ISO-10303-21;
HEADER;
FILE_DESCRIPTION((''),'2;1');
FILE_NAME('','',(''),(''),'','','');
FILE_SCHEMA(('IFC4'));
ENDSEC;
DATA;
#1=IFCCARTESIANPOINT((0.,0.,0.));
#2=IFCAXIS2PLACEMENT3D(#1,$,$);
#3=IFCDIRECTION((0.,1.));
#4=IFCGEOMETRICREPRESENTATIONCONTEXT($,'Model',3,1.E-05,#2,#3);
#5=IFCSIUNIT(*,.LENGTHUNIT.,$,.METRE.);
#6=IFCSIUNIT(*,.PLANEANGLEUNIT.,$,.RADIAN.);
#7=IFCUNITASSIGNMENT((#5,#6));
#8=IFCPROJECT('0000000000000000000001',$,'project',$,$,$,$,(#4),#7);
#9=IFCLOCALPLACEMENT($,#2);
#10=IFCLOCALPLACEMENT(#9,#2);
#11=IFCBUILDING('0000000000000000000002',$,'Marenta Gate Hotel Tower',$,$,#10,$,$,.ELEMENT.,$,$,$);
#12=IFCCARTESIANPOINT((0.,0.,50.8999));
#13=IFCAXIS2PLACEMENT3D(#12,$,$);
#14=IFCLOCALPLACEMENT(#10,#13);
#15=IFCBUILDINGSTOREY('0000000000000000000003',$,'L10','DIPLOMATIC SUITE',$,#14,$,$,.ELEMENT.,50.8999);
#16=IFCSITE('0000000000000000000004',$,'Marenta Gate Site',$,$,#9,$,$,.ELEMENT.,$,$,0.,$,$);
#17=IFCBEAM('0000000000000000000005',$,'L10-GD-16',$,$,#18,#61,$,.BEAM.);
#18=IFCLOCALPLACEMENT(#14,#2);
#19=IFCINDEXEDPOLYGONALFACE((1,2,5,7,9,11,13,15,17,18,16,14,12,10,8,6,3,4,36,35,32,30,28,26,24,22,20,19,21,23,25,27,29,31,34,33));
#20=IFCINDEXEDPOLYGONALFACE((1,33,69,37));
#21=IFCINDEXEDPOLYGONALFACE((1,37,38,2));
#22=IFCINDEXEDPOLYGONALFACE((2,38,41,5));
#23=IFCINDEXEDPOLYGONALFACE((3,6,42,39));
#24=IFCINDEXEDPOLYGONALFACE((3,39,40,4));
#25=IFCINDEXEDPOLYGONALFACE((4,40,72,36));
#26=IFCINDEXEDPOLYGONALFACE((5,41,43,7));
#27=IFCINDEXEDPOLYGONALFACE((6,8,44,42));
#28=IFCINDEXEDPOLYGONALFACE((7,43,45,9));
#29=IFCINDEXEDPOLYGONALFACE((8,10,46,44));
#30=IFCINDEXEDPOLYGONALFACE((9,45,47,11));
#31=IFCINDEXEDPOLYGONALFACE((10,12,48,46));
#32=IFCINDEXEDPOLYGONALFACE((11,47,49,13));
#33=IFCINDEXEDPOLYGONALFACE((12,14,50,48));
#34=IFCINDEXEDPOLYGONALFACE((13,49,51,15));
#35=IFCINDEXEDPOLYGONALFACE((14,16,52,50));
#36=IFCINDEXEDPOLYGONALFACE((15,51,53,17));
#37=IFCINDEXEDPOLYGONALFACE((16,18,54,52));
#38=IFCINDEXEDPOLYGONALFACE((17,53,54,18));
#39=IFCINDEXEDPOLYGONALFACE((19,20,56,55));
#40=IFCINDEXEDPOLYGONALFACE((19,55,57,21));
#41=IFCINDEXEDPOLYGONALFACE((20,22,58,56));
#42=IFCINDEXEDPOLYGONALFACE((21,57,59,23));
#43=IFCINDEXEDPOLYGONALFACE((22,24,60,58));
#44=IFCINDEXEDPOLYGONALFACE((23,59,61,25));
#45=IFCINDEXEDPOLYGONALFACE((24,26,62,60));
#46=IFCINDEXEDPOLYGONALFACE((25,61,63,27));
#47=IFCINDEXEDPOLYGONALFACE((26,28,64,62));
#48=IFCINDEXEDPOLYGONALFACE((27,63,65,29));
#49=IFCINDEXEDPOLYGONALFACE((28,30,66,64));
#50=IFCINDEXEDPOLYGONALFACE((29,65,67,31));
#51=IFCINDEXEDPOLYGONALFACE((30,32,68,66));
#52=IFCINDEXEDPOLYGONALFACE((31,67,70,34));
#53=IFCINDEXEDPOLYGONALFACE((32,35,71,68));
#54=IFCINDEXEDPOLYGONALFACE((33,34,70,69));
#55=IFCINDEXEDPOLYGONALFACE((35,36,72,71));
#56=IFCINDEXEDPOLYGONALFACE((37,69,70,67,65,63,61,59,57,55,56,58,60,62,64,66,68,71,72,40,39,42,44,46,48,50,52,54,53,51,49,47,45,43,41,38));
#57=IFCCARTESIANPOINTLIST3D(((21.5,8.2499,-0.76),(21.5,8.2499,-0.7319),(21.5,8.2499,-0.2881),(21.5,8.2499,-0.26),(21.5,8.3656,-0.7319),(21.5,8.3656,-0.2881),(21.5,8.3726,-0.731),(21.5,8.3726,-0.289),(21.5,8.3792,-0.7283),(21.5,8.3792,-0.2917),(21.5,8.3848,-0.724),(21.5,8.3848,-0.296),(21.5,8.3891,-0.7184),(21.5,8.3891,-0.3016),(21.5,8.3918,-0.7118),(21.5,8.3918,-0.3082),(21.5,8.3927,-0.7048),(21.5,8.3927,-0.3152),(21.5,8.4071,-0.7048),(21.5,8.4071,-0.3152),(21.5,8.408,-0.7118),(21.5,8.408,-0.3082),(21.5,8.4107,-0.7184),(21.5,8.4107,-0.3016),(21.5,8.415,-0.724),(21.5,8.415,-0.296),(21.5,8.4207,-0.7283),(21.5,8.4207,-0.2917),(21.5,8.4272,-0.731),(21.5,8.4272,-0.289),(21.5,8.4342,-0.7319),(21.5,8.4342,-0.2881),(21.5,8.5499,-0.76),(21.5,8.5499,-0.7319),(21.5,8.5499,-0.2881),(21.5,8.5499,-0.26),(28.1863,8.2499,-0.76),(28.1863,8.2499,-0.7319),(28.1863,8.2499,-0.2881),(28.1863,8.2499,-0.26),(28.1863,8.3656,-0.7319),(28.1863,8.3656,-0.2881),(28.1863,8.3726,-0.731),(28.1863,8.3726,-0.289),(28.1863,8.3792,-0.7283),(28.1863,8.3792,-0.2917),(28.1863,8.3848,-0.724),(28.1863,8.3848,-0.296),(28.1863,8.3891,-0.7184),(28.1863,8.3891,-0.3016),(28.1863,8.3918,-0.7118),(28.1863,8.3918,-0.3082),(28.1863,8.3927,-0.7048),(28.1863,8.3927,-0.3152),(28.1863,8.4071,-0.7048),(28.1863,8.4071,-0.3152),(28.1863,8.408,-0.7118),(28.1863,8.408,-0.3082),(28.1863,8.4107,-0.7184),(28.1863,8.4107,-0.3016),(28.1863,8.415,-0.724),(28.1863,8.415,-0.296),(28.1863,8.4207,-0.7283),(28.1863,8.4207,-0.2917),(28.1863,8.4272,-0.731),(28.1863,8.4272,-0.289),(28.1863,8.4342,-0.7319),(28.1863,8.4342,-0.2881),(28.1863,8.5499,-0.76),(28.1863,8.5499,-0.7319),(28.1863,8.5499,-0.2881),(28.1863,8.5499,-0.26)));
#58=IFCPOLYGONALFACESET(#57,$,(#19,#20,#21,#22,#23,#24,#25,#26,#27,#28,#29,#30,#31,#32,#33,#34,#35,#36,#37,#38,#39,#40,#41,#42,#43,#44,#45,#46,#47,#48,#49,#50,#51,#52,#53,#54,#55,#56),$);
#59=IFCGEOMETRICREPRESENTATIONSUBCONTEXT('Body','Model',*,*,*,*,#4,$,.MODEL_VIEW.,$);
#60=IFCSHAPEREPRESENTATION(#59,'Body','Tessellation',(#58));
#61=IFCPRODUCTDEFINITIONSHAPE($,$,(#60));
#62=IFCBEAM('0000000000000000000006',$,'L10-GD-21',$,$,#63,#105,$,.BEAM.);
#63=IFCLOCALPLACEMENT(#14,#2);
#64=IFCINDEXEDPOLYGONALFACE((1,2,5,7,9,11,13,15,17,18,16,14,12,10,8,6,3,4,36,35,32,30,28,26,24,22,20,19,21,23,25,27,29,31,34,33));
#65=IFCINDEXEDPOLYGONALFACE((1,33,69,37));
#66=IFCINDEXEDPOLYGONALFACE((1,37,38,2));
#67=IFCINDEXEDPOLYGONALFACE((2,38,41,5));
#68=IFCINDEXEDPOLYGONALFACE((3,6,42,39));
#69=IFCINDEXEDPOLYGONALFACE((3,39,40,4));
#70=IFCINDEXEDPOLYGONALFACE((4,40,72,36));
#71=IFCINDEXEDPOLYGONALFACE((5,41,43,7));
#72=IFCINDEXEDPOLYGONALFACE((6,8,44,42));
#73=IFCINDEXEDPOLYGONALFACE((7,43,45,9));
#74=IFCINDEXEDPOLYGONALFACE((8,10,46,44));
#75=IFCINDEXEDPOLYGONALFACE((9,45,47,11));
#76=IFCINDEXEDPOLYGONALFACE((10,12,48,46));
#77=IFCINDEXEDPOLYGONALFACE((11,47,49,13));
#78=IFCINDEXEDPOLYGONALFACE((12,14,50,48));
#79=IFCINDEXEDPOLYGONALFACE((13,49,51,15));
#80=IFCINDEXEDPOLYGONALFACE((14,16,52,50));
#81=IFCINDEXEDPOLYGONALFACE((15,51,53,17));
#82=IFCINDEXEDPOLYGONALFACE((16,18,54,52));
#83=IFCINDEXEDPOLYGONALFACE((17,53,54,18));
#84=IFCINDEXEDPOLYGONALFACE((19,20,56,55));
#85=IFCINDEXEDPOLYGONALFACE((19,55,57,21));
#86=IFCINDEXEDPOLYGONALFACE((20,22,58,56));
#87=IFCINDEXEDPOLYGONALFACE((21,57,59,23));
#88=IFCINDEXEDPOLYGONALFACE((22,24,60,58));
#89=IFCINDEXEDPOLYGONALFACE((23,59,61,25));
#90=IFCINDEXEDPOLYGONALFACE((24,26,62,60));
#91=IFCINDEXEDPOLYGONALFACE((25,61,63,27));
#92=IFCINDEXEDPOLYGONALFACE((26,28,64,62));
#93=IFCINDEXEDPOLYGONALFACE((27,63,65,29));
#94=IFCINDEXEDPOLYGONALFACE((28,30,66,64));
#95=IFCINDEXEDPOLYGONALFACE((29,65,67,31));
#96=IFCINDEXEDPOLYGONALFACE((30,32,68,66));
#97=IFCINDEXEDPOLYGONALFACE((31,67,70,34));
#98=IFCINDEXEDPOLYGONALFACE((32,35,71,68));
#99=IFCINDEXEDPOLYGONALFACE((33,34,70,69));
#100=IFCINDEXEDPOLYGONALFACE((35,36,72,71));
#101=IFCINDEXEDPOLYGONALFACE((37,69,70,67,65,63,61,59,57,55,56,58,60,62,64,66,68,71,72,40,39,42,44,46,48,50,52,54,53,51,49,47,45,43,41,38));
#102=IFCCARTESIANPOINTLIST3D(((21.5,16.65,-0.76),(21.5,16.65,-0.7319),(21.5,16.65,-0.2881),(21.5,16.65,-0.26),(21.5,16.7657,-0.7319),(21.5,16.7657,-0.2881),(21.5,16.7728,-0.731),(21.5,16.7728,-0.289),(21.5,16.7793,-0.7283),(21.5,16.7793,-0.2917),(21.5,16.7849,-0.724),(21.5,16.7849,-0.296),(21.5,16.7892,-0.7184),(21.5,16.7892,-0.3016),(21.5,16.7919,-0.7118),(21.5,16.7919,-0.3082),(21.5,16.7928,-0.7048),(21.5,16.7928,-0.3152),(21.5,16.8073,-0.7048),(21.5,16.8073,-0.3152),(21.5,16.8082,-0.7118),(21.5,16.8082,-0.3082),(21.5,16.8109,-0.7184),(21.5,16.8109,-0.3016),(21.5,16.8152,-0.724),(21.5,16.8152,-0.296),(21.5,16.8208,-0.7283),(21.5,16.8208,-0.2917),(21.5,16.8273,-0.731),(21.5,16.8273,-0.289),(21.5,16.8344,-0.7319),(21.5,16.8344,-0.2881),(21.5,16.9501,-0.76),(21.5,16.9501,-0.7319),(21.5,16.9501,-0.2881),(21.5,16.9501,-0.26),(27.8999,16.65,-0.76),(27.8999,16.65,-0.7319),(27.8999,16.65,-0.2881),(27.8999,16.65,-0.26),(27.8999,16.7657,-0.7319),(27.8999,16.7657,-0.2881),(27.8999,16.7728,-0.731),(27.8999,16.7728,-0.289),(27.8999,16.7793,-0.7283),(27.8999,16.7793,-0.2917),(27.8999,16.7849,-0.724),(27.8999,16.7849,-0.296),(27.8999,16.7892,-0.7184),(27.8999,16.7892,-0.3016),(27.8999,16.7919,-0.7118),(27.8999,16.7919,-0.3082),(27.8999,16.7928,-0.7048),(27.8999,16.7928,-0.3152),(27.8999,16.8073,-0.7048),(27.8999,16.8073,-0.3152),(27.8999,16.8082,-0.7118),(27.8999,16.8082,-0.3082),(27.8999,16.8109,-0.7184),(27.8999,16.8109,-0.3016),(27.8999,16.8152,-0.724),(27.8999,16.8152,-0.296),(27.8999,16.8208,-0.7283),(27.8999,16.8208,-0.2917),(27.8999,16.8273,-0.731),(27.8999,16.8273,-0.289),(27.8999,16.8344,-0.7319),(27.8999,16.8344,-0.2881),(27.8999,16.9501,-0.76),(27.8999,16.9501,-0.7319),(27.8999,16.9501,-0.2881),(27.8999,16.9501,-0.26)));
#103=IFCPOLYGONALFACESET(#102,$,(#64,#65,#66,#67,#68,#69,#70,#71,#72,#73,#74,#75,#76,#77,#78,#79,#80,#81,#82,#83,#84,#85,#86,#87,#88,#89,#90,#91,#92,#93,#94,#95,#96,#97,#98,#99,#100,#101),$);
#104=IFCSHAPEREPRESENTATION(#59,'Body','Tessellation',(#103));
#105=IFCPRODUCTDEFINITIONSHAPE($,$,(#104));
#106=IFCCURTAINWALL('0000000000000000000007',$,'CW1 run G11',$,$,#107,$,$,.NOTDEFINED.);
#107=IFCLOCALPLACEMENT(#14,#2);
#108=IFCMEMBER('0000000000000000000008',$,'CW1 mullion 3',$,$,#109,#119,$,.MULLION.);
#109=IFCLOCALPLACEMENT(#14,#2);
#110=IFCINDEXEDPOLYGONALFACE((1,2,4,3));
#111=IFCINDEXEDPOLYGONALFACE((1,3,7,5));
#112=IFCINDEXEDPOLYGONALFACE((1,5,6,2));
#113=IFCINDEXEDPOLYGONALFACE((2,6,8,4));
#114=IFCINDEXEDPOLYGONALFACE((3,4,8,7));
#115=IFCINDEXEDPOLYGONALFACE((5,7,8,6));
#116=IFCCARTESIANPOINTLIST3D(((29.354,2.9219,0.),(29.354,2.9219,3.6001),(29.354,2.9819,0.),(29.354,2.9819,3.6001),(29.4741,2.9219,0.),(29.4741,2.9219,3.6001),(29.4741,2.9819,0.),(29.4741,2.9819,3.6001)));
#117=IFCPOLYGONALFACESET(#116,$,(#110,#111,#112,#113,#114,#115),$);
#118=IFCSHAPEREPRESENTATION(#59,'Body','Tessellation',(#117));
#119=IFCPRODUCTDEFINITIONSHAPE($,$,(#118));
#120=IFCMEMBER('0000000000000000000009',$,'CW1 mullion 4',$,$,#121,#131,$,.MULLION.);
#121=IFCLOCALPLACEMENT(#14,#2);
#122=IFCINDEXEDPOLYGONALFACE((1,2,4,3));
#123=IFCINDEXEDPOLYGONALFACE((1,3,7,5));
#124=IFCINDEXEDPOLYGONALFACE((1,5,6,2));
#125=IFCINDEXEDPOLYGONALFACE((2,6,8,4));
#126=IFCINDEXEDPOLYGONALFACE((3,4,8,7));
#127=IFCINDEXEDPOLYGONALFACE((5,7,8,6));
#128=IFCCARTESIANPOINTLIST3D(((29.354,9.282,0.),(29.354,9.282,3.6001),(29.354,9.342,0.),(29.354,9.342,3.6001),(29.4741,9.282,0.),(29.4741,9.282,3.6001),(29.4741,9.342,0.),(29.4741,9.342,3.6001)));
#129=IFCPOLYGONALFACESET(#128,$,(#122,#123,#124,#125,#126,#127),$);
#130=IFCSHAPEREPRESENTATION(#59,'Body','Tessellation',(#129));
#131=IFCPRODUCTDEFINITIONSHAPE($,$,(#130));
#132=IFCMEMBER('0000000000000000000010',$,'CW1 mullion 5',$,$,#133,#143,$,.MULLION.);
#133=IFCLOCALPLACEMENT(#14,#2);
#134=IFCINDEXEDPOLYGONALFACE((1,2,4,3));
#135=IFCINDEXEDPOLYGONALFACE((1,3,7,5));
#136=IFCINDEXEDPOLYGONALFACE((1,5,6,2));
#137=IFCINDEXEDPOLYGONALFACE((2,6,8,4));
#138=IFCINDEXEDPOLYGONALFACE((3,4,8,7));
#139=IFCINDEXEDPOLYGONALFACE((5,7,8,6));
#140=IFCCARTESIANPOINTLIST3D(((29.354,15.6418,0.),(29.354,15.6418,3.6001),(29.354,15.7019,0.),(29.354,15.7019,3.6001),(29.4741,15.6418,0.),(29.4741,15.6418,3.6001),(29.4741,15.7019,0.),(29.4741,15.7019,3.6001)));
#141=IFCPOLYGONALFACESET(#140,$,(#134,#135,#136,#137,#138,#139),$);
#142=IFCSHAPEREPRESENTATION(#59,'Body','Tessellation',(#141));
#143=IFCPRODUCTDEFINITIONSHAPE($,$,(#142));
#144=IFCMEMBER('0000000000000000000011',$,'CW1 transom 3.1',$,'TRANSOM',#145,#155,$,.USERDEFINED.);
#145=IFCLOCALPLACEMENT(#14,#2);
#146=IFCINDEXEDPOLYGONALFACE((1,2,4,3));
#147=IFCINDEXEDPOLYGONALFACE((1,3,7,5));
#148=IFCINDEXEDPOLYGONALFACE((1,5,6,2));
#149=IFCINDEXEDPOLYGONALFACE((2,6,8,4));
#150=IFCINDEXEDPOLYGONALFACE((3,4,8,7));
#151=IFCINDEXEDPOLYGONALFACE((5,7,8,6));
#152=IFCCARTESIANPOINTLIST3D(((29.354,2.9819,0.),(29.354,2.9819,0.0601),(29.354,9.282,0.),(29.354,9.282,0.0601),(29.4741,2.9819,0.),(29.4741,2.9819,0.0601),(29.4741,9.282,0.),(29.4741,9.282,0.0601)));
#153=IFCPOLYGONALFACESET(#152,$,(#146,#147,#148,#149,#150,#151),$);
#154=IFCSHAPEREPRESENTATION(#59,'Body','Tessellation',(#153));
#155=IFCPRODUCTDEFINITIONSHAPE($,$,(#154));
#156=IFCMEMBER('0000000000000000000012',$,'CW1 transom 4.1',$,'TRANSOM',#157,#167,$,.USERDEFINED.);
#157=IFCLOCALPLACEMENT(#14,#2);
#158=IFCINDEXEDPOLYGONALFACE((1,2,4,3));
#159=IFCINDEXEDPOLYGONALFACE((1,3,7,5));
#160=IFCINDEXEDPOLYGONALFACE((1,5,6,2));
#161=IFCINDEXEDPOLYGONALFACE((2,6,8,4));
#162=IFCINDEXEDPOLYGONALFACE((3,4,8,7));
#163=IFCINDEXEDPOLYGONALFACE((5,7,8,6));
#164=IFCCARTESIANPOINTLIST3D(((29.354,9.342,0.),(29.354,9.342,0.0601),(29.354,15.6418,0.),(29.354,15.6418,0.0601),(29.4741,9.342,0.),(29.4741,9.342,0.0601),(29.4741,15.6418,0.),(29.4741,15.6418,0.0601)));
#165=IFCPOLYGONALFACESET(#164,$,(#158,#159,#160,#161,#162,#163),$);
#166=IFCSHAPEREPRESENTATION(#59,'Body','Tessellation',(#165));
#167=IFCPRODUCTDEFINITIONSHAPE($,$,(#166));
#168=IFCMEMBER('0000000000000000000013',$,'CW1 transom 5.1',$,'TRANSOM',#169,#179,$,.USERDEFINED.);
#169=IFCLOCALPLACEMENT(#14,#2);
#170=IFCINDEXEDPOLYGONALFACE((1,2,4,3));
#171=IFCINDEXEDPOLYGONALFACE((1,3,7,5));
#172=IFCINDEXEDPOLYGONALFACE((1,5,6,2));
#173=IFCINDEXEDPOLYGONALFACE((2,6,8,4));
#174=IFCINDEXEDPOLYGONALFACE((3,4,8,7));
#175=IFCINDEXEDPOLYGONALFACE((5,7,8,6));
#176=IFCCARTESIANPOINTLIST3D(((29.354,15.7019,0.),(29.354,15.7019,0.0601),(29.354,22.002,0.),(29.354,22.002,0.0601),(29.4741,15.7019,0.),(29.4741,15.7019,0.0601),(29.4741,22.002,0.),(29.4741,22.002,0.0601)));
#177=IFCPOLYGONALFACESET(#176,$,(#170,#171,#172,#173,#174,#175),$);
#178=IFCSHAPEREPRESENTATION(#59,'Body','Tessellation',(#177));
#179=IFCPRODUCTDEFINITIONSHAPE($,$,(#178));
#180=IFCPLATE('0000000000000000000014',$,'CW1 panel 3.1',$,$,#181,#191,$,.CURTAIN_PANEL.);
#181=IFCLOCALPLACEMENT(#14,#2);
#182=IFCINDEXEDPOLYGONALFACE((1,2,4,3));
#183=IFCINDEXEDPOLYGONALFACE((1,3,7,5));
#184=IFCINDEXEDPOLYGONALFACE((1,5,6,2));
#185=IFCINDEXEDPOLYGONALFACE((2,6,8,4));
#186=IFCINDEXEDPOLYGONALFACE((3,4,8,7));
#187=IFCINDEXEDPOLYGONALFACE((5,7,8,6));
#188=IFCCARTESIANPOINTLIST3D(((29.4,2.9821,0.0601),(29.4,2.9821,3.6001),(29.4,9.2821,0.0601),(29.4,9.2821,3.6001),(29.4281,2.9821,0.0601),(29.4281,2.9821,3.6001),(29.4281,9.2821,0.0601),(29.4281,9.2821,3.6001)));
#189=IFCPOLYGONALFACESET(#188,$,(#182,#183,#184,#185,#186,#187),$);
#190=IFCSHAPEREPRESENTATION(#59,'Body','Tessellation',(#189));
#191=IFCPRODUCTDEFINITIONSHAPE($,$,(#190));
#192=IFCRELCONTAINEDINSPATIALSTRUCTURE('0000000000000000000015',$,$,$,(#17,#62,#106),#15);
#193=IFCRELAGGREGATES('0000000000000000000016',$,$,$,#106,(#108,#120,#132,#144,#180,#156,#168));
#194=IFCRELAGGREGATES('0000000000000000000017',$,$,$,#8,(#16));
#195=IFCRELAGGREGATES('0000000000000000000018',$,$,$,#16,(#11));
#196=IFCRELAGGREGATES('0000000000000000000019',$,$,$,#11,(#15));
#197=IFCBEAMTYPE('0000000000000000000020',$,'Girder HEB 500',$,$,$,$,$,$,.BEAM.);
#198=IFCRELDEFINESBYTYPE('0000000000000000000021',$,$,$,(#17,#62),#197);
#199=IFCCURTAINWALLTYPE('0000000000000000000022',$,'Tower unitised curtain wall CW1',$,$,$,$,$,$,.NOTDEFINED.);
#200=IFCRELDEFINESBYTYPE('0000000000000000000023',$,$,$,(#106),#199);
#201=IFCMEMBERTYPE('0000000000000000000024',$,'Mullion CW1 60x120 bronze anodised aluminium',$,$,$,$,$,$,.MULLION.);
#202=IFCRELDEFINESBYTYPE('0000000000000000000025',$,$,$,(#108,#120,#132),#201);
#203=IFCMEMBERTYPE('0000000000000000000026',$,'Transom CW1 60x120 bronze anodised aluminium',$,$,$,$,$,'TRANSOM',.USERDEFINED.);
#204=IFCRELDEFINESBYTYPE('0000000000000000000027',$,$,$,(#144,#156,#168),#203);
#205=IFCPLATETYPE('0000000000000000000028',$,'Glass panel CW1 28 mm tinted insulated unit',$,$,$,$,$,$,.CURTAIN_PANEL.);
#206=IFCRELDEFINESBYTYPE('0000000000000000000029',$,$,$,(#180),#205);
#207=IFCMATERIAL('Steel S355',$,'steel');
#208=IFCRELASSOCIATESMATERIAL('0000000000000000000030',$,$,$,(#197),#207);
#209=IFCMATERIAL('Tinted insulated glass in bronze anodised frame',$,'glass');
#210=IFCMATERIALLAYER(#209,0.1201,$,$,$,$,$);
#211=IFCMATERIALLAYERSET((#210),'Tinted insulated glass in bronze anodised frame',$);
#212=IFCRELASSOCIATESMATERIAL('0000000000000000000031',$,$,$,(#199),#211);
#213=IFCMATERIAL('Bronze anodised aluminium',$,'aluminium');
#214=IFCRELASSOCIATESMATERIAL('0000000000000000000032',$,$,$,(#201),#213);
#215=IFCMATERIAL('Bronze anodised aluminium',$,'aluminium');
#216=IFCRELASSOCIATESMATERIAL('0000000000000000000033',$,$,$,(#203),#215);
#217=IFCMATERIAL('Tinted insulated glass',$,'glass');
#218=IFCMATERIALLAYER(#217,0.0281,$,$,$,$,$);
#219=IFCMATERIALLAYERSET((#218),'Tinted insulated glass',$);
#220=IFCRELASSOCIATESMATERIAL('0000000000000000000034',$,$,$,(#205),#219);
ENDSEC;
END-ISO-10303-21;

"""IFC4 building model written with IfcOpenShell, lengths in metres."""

from ifc_helpers import new_model, si_unit, direction, frame, origin, origin_2d, place, context, subcontext, project, spatial, rectangle, i_section, extrude, material, layer, layer_set, material_profile, profile_set, type_object, element, aggregate, save


model = new_model("IFC4")

# Units and contexts
model_context = context("Model", 3, precision=1e-05, world=origin(), true_north=direction((0.0, 1.0)))
body_context = subcontext(model_context, "Body", "Model", "MODEL_VIEW")
ifc_project = project(units=[si_unit("LENGTHUNIT", "METRE"), si_unit("PLANEANGLEUNIT", "RADIAN")], contexts=[model_context])

# Site, building, storey
site_placement = place(None, origin())
site = spatial("IfcSite", under=ifc_project, at=site_placement, Name="Marenta Gate Site", CompositionType="ELEMENT", RefElevation=0.0)
building_placement = place(site_placement, origin())
building = spatial("IfcBuilding", under=site, at=building_placement, Name="Marenta Gate Hotel Tower", CompositionType="ELEMENT")
storey_placement = place(building_placement, frame((0.0, 0.0, 50.8999)))
storey = spatial("IfcBuildingStorey", under=building, at=storey_placement, Name="L10", Description="DIPLOMATIC SUITE", CompositionType="ELEMENT", Elevation=50.8999)

# Beams
ifc_material_1 = material(Name="Steel S355", Category="steel")
ifc_material_profile_1 = material_profile(ifc_material_1, i_section(OverallWidth=0.3, OverallDepth=0.5, WebThickness=0.0144, FlangeThickness=0.0281, FilletRadius=0.0271, at=origin_2d()), Name="HEB 500")
ifc_profile_set_1 = profile_set([ifc_material_profile_1], Name="Steel S355")
beam_type_1 = type_object("IfcBeamType", Name="Girder HEB 500", PredefinedType="BEAM", material=ifc_profile_set_1)
beam_1_placement = place(storey_placement, frame((21.5, 8.3999, -0.51), z_axis=(1.0, 0.0, 0.0), x_axis=(0.0, 1.0, 0.0)))
element("IfcBeam", 1, at=beam_1_placement, inside=storey, type_object=beam_type_1, Name="L10-GD-16", PredefinedType="BEAM", context=body_context, shape_type="SweptSolid", body=[
    extrude(i_section(OverallWidth=0.3, OverallDepth=0.5, WebThickness=0.0144, FlangeThickness=0.0281, FilletRadius=0.0271, at=origin_2d()), origin(), (0.0, 0.0, 1.0), 6.6863),
])
beam_2_placement = place(storey_placement, frame((21.5, 16.8, -0.51), z_axis=(1.0, 0.0, 0.0), x_axis=(0.0, 1.0, 0.0)))
element("IfcBeam", 2, at=beam_2_placement, inside=storey, type_object=beam_type_1, Name="L10-GD-21", PredefinedType="BEAM", context=body_context, shape_type="SweptSolid", body=[
    extrude(i_section(OverallWidth=0.3, OverallDepth=0.5, WebThickness=0.0144, FlangeThickness=0.0281, FilletRadius=0.0271, at=origin_2d()), origin(), (0.0, 0.0, 1.0), 6.3999),
])

# Curtain wall, members, plate
ifc_material_2 = material(Name="Tinted insulated glass in bronze anodised frame", Category="glass")
ifc_layer_1 = layer(ifc_material_2, 0.1201)
ifc_layer_set_1 = layer_set([ifc_layer_1], Name="Tinted insulated glass in bronze anodised frame")
curtain_wall_type = type_object("IfcCurtainWallType", Name="Tower unitised curtain wall CW1", PredefinedType="NOTDEFINED", material=ifc_layer_set_1)
curtain_wall_placement = place(storey_placement, origin())
curtain_wall = element("IfcCurtainWall", 3, at=curtain_wall_placement, inside=storey, type_object=curtain_wall_type, Name="CW1 run G11", PredefinedType="NOTDEFINED")
ifc_material_3 = material(Name="Bronze anodised aluminium", Category="aluminium")
ifc_material_profile_2 = material_profile(ifc_material_3, rectangle(XDim=0.1201, YDim=0.0601, at=origin_2d()), Name="Mullion CW1 60x120 bronze anodised aluminium")
ifc_profile_set_2 = profile_set([ifc_material_profile_2], Name="Bronze anodised aluminium")
member_type_1 = type_object("IfcMemberType", Name="Mullion CW1 60x120 bronze anodised aluminium", PredefinedType="MULLION", material=ifc_profile_set_2)
member_1_placement = place(storey_placement, frame((29.4141, 2.9519, 0.0), z_axis=(0.0, 0.0, 1.0), x_axis=(-1.0, 0.0, 0.0)))
member_1 = element("IfcMember", 4, at=member_1_placement, type_object=member_type_1, Name="CW1 mullion 3", PredefinedType="MULLION", context=body_context, shape_type="SweptSolid", body=[
    extrude(rectangle(XDim=0.1201, YDim=0.0601, at=origin_2d()), origin(), (0.0, 0.0, 1.0), 3.6001),
])
member_2_placement = place(storey_placement, frame((29.4141, 9.312, 0.0), z_axis=(0.0, 0.0, 1.0), x_axis=(-1.0, 0.0, 0.0)))
member_2 = element("IfcMember", 5, at=member_2_placement, type_object=member_type_1, Name="CW1 mullion 4", PredefinedType="MULLION", context=body_context, shape_type="SweptSolid", body=[
    extrude(rectangle(XDim=0.1201, YDim=0.0601, at=origin_2d()), origin(), (0.0, 0.0, 1.0), 3.6001),
])
member_3_placement = place(storey_placement, frame((29.4141, 15.6719, 0.0), z_axis=(0.0, 0.0, 1.0), x_axis=(-1.0, 0.0, 0.0)))
member_3 = element("IfcMember", 6, at=member_3_placement, type_object=member_type_1, Name="CW1 mullion 5", PredefinedType="MULLION", context=body_context, shape_type="SweptSolid", body=[
    extrude(rectangle(XDim=0.1201, YDim=0.0601, at=origin_2d()), origin(), (0.0, 0.0, 1.0), 3.6001),
])
ifc_material_4 = material(Name="Bronze anodised aluminium", Category="aluminium")
ifc_material_profile_3 = material_profile(ifc_material_4, rectangle(XDim=0.1201, YDim=0.0601, at=origin_2d()), Name="Transom CW1 60x120 bronze anodised aluminium")
ifc_profile_set_3 = profile_set([ifc_material_profile_3], Name="Bronze anodised aluminium")
member_type_2 = type_object("IfcMemberType", Name="Transom CW1 60x120 bronze anodised aluminium", ElementType="TRANSOM", PredefinedType="USERDEFINED", material=ifc_profile_set_3)
member_4_placement = place(storey_placement, frame((29.4141, 2.9819, 0.03), z_axis=(0.0, 1.0, 0.0), x_axis=(-1.0, 0.0, 0.0)))
member_4 = element("IfcMember", 7, at=member_4_placement, type_object=member_type_2, Name="CW1 transom 3.1", ObjectType="TRANSOM", PredefinedType="USERDEFINED", context=body_context, shape_type="SweptSolid", body=[
    extrude(rectangle(XDim=0.1201, YDim=0.0601, at=origin_2d()), origin(), (0.0, 0.0, 1.0), 6.3),
])
member_5_placement = place(storey_placement, frame((29.4141, 9.342, 0.03), z_axis=(0.0, 1.0, 0.0), x_axis=(-1.0, 0.0, 0.0)))
member_5 = element("IfcMember", 8, at=member_5_placement, type_object=member_type_2, Name="CW1 transom 4.1", ObjectType="TRANSOM", PredefinedType="USERDEFINED", context=body_context, shape_type="SweptSolid", body=[
    extrude(rectangle(XDim=0.1201, YDim=0.0601, at=origin_2d()), origin(), (0.0, 0.0, 1.0), 6.2998),
])
member_6_placement = place(storey_placement, frame((29.4141, 15.7019, 0.03), z_axis=(0.0, 1.0, 0.0), x_axis=(-1.0, 0.0, 0.0)))
member_6 = element("IfcMember", 9, at=member_6_placement, type_object=member_type_2, Name="CW1 transom 5.1", ObjectType="TRANSOM", PredefinedType="USERDEFINED", context=body_context, shape_type="SweptSolid", body=[
    extrude(rectangle(XDim=0.1201, YDim=0.0601, at=origin_2d()), origin(), (0.0, 0.0, 1.0), 6.3),
])
ifc_material_5 = material(Name="Tinted insulated glass", Category="glass")
ifc_layer_2 = layer(ifc_material_5, 0.0281)
ifc_layer_set_2 = layer_set([ifc_layer_2], Name="Tinted insulated glass")
plate_type = type_object("IfcPlateType", Name="Glass panel CW1 28 mm tinted insulated unit", PredefinedType="CURTAIN_PANEL", material=ifc_layer_set_2)
plate_1_placement = place(storey_placement, frame((29.4141, 6.1321, 0.0601), z_axis=(0.0, 0.0, 1.0), x_axis=(0.0, 1.0, 0.0)))
plate_1 = element("IfcPlate", 10, at=plate_1_placement, type_object=plate_type, Name="CW1 panel 3.1", PredefinedType="CURTAIN_PANEL", context=body_context, shape_type="SweptSolid", body=[
    extrude(rectangle(XDim=6.3, YDim=0.0281, at=origin_2d()), origin(), (0.0, 0.0, 1.0), 3.54),
])
aggregate(curtain_wall, [member_1, member_2, member_3, member_4, plate_1, member_5, member_6])

save(model, "model.ifc")
